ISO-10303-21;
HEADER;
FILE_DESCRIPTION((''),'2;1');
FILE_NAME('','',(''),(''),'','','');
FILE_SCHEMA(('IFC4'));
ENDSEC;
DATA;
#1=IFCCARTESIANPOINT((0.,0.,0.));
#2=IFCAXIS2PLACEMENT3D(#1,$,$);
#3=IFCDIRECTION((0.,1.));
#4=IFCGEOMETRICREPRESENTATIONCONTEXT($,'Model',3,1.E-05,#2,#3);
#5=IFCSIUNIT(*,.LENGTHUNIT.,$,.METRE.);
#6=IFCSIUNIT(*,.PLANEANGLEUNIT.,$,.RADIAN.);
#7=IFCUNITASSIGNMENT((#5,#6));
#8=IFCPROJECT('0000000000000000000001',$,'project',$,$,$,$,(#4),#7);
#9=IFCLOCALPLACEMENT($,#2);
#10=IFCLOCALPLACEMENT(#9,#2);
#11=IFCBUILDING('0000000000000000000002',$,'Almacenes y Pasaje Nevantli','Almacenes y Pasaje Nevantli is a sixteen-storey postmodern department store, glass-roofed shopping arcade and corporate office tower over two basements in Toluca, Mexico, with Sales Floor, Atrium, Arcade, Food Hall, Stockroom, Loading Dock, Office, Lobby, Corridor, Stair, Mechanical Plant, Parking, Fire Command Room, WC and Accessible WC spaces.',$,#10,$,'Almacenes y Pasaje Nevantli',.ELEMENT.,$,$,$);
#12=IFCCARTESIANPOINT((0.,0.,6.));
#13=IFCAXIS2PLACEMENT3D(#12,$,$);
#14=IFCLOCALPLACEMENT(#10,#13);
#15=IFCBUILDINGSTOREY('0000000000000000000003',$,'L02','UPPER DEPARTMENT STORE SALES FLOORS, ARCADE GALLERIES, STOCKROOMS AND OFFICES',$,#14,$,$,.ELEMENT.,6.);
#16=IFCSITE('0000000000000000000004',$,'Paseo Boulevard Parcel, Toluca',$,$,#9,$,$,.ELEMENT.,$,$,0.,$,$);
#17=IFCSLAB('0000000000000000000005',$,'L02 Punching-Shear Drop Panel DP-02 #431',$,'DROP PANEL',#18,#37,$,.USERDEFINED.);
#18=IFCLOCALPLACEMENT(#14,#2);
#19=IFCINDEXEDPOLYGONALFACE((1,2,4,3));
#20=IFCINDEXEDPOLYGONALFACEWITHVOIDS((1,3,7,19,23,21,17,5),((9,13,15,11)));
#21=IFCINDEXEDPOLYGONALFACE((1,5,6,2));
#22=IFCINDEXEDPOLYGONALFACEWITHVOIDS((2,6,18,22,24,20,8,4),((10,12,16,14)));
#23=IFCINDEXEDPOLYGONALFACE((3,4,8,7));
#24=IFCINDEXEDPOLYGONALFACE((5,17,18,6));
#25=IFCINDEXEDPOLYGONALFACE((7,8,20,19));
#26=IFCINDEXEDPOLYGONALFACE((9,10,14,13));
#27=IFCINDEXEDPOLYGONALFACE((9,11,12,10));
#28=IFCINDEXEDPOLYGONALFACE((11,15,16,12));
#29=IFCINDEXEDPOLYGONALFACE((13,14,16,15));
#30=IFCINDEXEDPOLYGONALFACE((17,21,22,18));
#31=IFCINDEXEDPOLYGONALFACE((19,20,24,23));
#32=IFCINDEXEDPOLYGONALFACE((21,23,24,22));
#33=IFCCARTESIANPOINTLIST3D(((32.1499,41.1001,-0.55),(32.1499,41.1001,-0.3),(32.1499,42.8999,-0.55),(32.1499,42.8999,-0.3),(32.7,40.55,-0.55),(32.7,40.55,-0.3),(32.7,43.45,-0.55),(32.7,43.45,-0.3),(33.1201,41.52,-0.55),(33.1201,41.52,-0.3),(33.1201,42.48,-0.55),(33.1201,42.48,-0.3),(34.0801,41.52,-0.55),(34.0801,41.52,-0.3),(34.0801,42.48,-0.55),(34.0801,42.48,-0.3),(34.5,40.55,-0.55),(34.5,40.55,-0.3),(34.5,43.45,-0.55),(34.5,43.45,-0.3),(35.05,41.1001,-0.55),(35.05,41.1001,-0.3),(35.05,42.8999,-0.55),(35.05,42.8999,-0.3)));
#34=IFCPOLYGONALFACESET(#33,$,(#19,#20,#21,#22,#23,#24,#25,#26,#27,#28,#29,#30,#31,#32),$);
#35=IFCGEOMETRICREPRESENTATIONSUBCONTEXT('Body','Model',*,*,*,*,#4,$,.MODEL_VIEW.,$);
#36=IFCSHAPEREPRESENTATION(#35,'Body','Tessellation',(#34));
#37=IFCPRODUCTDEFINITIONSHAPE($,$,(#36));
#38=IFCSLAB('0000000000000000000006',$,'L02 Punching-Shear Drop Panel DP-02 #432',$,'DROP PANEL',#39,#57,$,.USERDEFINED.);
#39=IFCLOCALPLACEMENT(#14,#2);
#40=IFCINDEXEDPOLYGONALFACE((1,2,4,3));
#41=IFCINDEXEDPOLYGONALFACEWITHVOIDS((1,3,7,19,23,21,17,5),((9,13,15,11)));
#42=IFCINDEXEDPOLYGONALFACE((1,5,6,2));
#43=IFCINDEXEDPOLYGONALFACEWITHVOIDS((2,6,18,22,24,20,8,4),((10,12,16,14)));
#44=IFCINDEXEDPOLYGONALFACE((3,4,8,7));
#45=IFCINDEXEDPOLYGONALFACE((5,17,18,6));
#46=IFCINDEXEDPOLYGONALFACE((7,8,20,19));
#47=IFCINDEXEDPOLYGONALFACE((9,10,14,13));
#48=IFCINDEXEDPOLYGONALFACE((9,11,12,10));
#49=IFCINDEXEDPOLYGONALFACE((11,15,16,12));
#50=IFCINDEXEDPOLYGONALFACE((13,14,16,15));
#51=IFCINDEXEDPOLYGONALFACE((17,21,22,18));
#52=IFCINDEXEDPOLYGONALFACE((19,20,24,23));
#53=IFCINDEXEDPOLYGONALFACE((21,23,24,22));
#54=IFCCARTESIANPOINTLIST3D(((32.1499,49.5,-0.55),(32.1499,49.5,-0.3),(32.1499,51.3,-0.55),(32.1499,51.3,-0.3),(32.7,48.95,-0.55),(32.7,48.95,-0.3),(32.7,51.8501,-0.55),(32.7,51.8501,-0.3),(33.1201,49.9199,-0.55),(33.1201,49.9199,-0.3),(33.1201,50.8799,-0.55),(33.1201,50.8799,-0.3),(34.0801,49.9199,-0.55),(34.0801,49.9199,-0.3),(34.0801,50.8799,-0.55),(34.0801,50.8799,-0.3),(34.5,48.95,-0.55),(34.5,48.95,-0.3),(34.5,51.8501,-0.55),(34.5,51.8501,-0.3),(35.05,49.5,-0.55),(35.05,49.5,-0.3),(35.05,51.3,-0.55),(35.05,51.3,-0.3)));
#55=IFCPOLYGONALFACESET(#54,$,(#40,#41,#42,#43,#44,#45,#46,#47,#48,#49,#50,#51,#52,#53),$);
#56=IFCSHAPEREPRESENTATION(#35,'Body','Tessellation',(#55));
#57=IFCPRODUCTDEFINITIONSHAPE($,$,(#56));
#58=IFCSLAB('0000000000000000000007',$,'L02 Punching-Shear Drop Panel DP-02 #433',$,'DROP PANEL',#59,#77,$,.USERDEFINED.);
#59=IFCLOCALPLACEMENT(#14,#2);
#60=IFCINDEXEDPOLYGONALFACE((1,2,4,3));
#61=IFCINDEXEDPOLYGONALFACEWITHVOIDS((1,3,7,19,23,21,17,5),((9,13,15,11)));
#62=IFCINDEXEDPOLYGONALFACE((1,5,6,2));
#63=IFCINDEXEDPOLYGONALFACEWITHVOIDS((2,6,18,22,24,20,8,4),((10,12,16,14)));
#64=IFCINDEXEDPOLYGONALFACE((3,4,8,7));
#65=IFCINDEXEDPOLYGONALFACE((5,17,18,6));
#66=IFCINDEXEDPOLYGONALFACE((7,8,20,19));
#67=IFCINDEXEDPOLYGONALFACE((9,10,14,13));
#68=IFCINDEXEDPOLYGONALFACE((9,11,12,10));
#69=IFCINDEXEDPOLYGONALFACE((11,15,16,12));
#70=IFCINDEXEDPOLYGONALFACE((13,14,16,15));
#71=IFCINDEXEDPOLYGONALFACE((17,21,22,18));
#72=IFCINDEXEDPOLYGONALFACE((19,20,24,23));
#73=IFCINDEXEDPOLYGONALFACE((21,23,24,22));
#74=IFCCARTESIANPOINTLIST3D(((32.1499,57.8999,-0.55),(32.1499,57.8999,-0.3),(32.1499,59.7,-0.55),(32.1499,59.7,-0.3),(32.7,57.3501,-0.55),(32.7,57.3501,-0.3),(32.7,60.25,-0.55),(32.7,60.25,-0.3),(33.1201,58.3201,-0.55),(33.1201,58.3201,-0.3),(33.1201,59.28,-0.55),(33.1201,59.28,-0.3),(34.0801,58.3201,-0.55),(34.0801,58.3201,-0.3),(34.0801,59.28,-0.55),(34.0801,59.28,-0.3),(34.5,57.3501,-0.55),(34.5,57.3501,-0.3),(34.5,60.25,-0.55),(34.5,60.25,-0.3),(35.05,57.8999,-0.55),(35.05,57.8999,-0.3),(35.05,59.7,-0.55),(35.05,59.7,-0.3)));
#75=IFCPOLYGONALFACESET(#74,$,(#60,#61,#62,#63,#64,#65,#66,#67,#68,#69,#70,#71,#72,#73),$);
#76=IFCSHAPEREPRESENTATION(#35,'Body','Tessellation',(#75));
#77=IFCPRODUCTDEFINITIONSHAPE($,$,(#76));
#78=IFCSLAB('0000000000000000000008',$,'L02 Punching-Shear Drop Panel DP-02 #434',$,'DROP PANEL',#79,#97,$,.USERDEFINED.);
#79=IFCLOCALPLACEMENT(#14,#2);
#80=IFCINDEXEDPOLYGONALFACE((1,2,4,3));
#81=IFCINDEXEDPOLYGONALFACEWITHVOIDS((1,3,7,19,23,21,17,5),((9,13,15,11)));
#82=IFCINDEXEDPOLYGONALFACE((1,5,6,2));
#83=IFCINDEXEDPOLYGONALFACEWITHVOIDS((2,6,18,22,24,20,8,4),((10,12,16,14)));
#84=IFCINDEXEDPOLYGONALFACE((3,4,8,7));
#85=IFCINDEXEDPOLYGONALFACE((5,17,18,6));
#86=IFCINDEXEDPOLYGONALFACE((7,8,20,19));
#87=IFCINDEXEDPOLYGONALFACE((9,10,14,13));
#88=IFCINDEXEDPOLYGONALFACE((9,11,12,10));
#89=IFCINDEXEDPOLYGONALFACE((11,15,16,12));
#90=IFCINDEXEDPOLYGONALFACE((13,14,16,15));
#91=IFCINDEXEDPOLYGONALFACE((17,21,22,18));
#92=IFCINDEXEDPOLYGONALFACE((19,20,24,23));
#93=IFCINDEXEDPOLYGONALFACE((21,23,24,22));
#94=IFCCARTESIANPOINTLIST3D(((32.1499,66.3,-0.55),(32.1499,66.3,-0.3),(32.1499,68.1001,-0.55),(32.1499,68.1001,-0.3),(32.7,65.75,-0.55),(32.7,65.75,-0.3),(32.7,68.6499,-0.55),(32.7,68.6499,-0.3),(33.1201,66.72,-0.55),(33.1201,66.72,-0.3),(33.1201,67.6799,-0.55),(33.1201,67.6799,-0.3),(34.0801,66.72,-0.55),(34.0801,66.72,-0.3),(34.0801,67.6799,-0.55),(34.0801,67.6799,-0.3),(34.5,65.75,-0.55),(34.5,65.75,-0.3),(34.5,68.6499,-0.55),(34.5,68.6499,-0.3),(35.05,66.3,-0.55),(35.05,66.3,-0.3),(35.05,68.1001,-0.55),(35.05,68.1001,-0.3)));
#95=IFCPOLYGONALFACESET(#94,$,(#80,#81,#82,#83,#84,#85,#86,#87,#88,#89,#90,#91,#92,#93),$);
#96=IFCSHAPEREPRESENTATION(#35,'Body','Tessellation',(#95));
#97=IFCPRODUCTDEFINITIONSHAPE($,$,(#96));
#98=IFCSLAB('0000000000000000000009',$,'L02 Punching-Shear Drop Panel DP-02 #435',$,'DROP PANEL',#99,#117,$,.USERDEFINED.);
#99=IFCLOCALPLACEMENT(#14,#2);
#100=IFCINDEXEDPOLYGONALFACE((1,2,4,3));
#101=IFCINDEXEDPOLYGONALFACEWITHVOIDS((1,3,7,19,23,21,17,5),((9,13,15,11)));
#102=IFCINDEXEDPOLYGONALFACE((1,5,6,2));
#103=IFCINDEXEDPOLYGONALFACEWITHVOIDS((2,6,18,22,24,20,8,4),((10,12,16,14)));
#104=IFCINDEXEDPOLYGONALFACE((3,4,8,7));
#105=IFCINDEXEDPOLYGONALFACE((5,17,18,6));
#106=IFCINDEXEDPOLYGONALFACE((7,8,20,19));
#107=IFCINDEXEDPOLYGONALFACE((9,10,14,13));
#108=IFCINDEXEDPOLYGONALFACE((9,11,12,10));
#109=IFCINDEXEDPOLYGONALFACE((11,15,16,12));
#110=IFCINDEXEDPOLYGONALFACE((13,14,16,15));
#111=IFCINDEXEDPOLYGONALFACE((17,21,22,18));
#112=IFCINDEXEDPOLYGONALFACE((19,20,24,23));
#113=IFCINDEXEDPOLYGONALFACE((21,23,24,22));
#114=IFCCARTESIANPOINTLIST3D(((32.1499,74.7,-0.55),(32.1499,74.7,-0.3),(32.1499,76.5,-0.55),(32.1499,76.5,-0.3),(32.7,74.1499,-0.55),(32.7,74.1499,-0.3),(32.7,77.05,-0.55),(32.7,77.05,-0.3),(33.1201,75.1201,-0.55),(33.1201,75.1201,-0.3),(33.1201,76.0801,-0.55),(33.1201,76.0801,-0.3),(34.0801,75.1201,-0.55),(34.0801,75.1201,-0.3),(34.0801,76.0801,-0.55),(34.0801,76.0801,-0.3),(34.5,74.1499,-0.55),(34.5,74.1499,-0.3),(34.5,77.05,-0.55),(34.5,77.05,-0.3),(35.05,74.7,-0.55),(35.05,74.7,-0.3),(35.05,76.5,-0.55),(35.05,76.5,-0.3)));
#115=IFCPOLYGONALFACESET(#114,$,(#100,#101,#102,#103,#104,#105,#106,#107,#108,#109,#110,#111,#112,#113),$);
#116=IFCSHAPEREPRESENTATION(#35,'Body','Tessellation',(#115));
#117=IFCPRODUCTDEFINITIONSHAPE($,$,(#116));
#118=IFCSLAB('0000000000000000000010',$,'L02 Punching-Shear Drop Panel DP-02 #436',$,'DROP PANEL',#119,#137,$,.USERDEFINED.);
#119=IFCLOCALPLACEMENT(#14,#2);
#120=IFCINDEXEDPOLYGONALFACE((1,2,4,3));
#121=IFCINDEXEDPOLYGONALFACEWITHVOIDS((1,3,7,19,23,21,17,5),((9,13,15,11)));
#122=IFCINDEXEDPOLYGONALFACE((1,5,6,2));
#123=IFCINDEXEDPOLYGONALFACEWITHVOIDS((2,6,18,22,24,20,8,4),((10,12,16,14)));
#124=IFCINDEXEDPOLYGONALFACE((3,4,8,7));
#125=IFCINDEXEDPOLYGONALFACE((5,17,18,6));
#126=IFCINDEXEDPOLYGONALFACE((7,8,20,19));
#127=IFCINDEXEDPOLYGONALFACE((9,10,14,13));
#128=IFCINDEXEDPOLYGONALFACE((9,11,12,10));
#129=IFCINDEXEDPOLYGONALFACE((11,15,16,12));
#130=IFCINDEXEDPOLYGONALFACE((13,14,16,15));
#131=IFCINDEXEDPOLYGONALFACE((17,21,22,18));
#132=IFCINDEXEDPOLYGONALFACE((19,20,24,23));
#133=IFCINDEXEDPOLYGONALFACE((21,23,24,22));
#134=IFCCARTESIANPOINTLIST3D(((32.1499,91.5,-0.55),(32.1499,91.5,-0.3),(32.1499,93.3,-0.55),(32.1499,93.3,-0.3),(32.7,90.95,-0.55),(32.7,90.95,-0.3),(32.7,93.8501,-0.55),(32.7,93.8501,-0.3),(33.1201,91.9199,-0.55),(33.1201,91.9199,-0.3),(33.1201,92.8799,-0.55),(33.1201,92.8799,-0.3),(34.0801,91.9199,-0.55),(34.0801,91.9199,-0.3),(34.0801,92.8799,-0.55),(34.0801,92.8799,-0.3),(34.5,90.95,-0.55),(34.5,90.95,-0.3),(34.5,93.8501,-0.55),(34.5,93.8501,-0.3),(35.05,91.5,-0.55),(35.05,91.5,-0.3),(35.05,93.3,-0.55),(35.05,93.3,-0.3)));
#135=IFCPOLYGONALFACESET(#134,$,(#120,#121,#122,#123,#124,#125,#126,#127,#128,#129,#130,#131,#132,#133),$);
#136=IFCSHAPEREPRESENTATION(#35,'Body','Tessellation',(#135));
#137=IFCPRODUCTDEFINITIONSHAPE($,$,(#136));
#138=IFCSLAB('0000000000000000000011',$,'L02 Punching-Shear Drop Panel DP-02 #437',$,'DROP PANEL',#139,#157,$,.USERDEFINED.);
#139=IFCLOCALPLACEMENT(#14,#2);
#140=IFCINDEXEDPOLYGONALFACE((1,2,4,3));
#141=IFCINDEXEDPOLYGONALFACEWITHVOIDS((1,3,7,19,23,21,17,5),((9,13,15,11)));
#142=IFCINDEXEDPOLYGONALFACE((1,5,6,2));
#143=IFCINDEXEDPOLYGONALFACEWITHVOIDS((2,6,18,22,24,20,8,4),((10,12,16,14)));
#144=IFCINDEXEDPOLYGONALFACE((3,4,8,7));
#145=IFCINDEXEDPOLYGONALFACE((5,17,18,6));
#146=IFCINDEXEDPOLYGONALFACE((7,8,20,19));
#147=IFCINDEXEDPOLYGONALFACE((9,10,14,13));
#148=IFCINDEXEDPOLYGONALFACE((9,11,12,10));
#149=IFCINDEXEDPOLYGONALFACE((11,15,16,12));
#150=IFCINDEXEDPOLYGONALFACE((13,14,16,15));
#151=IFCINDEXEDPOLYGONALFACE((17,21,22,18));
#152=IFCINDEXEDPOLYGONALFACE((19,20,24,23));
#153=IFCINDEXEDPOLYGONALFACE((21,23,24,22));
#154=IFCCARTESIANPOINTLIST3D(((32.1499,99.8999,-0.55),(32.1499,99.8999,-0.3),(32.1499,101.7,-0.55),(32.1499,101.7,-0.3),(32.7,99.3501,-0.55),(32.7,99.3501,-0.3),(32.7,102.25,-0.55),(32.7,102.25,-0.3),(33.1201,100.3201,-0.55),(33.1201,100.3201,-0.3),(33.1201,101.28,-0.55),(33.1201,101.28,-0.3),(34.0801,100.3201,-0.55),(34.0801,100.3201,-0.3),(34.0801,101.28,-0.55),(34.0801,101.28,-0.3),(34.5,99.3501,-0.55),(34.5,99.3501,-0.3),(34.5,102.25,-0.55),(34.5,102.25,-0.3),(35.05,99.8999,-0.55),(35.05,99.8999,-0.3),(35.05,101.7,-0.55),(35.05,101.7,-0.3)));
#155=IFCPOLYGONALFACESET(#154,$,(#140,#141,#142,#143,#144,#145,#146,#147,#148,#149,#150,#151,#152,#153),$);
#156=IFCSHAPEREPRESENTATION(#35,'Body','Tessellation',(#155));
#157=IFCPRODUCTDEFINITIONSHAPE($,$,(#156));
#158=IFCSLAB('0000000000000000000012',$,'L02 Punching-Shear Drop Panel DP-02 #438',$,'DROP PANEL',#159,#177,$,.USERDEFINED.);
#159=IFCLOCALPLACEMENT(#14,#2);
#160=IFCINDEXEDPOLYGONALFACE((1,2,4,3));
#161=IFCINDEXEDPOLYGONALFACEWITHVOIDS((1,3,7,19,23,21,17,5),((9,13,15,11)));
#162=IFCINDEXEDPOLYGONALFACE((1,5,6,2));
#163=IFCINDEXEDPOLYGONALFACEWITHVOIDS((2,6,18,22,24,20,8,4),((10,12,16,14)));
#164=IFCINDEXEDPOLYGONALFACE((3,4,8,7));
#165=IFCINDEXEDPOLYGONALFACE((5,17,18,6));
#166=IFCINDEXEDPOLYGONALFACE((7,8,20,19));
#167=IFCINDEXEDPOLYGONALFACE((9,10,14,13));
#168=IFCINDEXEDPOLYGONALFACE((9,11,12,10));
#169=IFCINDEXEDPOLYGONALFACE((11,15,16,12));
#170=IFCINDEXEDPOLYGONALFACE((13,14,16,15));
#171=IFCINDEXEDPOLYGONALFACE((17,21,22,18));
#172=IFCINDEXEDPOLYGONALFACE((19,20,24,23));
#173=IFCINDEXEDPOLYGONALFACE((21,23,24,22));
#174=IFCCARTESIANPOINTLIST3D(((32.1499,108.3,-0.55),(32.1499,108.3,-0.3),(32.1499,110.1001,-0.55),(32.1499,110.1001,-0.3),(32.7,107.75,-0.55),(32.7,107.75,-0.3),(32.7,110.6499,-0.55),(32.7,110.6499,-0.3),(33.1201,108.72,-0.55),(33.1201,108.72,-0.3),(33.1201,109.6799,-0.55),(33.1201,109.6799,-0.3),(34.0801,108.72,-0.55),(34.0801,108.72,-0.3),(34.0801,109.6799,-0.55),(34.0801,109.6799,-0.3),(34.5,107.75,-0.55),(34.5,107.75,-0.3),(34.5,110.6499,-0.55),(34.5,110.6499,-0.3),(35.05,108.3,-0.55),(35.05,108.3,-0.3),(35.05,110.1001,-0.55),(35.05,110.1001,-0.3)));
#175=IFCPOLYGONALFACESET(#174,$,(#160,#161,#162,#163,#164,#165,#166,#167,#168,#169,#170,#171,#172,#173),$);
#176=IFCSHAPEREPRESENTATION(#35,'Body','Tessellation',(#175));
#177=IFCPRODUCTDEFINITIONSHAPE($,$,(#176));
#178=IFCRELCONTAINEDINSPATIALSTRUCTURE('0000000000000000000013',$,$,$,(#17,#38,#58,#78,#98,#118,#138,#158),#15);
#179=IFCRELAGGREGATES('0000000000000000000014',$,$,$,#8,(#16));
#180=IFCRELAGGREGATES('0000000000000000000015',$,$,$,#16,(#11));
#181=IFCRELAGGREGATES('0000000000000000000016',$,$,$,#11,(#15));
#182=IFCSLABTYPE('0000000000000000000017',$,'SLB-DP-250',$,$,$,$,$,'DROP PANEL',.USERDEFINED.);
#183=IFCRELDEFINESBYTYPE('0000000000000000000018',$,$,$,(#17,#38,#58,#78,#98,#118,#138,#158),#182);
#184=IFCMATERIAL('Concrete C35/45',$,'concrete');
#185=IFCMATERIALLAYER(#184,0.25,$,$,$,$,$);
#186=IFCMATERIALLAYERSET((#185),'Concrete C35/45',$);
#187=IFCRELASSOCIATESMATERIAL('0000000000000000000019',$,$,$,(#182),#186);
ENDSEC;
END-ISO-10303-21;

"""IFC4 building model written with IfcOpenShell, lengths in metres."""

from ifc_helpers import new_model, si_unit, direction, frame, origin, place, context, subcontext, project, spatial, polyline, outline, extrude, material, layer, layer_set, type_object, element, save


model = new_model("IFC4")

# Units and contexts
model_context = context("Model", 3, precision=1e-05, world=origin(), true_north=direction((0.0, 1.0)))
body_context = subcontext(model_context, "Body", "Model", "MODEL_VIEW")
ifc_project = project(units=[si_unit("LENGTHUNIT", "METRE"), si_unit("PLANEANGLEUNIT", "RADIAN")], contexts=[model_context])

# Site, building, storey
site_placement = place(None, origin())
site = spatial("IfcSite", under=ifc_project, at=site_placement, Name="Paseo Boulevard Parcel, Toluca", CompositionType="ELEMENT", RefElevation=0.0)
building_placement = place(site_placement, origin())
building = spatial("IfcBuilding", under=site, at=building_placement, Name="Almacenes y Pasaje Nevantli", Description="Almacenes y Pasaje Nevantli is a sixteen-storey postmodern department store, glass-roofed shopping arcade and corporate office tower over two basements in Toluca, Mexico, with Sales Floor, Atrium, Arcade, Food Hall, Stockroom, Loading Dock, Office, Lobby, Corridor, Stair, Mechanical Plant, Parking, Fire Command Room, WC and Accessible WC spaces.", LongName="Almacenes y Pasaje Nevantli", CompositionType="ELEMENT")
storey_placement = place(building_placement, frame((0.0, 0.0, 6.0)))
storey = spatial("IfcBuildingStorey", under=building, at=storey_placement, Name="L02", Description="UPPER DEPARTMENT STORE SALES FLOORS, ARCADE GALLERIES, STOCKROOMS AND OFFICES", CompositionType="ELEMENT", Elevation=6.0)

# Slabs
ifc_material = material(Name="Concrete C35/45", Category="concrete")
ifc_layer = layer(ifc_material, 0.25)
ifc_layer_set = layer_set([ifc_layer], Name="Concrete C35/45")
slab_type = type_object("IfcSlabType", Name="SLB-DP-250", ElementType="DROP PANEL", PredefinedType="USERDEFINED", material=ifc_layer_set)
slab_1_placement = place(storey_placement, frame((0.0, 0.0, -0.55)))
element("IfcSlab", 1, at=slab_1_placement, inside=storey, type_object=slab_type, Name="L02 Punching-Shear Drop Panel DP-02 #431", ObjectType="DROP PANEL", PredefinedType="USERDEFINED", context=body_context, shape_type="SweptSolid", body=[
    extrude(outline(polyline([(32.7, 40.55), (34.5, 40.55), (35.05, 41.1001), (35.05, 42.8999), (34.5, 43.45), (32.7, 43.45), (32.1499, 42.8999), (32.1499, 41.1001), (32.7, 40.55)]), holes=[polyline([(33.1201, 41.52), (34.0801, 41.52), (34.0801, 42.48), (33.1201, 42.48), (33.1201, 41.52)])]), origin(), (0.0, 0.0, 1.0), 0.25),
])
slab_2_placement = place(storey_placement, frame((0.0, 0.0, -0.55)))
element("IfcSlab", 2, at=slab_2_placement, inside=storey, type_object=slab_type, Name="L02 Punching-Shear Drop Panel DP-02 #432", ObjectType="DROP PANEL", PredefinedType="USERDEFINED", context=body_context, shape_type="SweptSolid", body=[
    extrude(outline(polyline([(32.7, 48.95), (34.5, 48.95), (35.05, 49.5), (35.05, 51.3), (34.5, 51.8501), (32.7, 51.8501), (32.1499, 51.3), (32.1499, 49.5), (32.7, 48.95)]), holes=[polyline([(33.1201, 49.9199), (34.0801, 49.9199), (34.0801, 50.8799), (33.1201, 50.8799), (33.1201, 49.9199)])]), origin(), (0.0, 0.0, 1.0), 0.25),
])
slab_3_placement = place(storey_placement, frame((0.0, 0.0, -0.55)))
element("IfcSlab", 3, at=slab_3_placement, inside=storey, type_object=slab_type, Name="L02 Punching-Shear Drop Panel DP-02 #433", ObjectType="DROP PANEL", PredefinedType="USERDEFINED", context=body_context, shape_type="SweptSolid", body=[
    extrude(outline(polyline([(32.7, 57.3501), (34.5, 57.3501), (35.05, 57.8999), (35.05, 59.7), (34.5, 60.25), (32.7, 60.25), (32.1499, 59.7), (32.1499, 57.8999), (32.7, 57.3501)]), holes=[polyline([(33.1201, 58.3201), (34.0801, 58.3201), (34.0801, 59.28), (33.1201, 59.28), (33.1201, 58.3201)])]), origin(), (0.0, 0.0, 1.0), 0.25),
])
slab_4_placement = place(storey_placement, frame((0.0, 0.0, -0.55)))
element("IfcSlab", 4, at=slab_4_placement, inside=storey, type_object=slab_type, Name="L02 Punching-Shear Drop Panel DP-02 #434", ObjectType="DROP PANEL", PredefinedType="USERDEFINED", context=body_context, shape_type="SweptSolid", body=[
    extrude(outline(polyline([(32.7, 65.75), (34.5, 65.75), (35.05, 66.3), (35.05, 68.1001), (34.5, 68.6499), (32.7, 68.6499), (32.1499, 68.1001), (32.1499, 66.3), (32.7, 65.75)]), holes=[polyline([(33.1201, 66.72), (34.0801, 66.72), (34.0801, 67.6799), (33.1201, 67.6799), (33.1201, 66.72)])]), origin(), (0.0, 0.0, 1.0), 0.25),
])
slab_5_placement = place(storey_placement, frame((0.0, 0.0, -0.55)))
element("IfcSlab", 5, at=slab_5_placement, inside=storey, type_object=slab_type, Name="L02 Punching-Shear Drop Panel DP-02 #435", ObjectType="DROP PANEL", PredefinedType="USERDEFINED", context=body_context, shape_type="SweptSolid", body=[
    extrude(outline(polyline([(32.7, 74.1499), (34.5, 74.1499), (35.05, 74.7), (35.05, 76.5), (34.5, 77.05), (32.7, 77.05), (32.1499, 76.5), (32.1499, 74.7), (32.7, 74.1499)]), holes=[polyline([(33.1201, 75.1201), (34.0801, 75.1201), (34.0801, 76.0801), (33.1201, 76.0801), (33.1201, 75.1201)])]), origin(), (0.0, 0.0, 1.0), 0.25),
])
slab_6_placement = place(storey_placement, frame((0.0, 0.0, -0.55)))
element("IfcSlab", 6, at=slab_6_placement, inside=storey, type_object=slab_type, Name="L02 Punching-Shear Drop Panel DP-02 #436", ObjectType="DROP PANEL", PredefinedType="USERDEFINED", context=body_context, shape_type="SweptSolid", body=[
    extrude(outline(polyline([(32.7, 90.95), (34.5, 90.95), (35.05, 91.5), (35.05, 93.3), (34.5, 93.8501), (32.7, 93.8501), (32.1499, 93.3), (32.1499, 91.5), (32.7, 90.95)]), holes=[polyline([(33.1201, 91.9199), (34.0801, 91.9199), (34.0801, 92.8799), (33.1201, 92.8799), (33.1201, 91.9199)])]), origin(), (0.0, 0.0, 1.0), 0.25),
])
slab_7_placement = place(storey_placement, frame((0.0, 0.0, -0.55)))
element("IfcSlab", 7, at=slab_7_placement, inside=storey, type_object=slab_type, Name="L02 Punching-Shear Drop Panel DP-02 #437", ObjectType="DROP PANEL", PredefinedType="USERDEFINED", context=body_context, shape_type="SweptSolid", body=[
    extrude(outline(polyline([(32.7, 99.3501), (34.5, 99.3501), (35.05, 99.8999), (35.05, 101.7), (34.5, 102.25), (32.7, 102.25), (32.1499, 101.7), (32.1499, 99.8999), (32.7, 99.3501)]), holes=[polyline([(33.1201, 100.3201), (34.0801, 100.3201), (34.0801, 101.28), (33.1201, 101.28), (33.1201, 100.3201)])]), origin(), (0.0, 0.0, 1.0), 0.25),
])
slab_8_placement = place(storey_placement, frame((0.0, 0.0, -0.55)))
element("IfcSlab", 8, at=slab_8_placement, inside=storey, type_object=slab_type, Name="L02 Punching-Shear Drop Panel DP-02 #438", ObjectType="DROP PANEL", PredefinedType="USERDEFINED", context=body_context, shape_type="SweptSolid", body=[
    extrude(outline(polyline([(32.7, 107.75), (34.5, 107.75), (35.05, 108.3), (35.05, 110.1001), (34.5, 110.6499), (32.7, 110.6499), (32.1499, 110.1001), (32.1499, 108.3), (32.7, 107.75)]), holes=[polyline([(33.1201, 108.72), (34.0801, 108.72), (34.0801, 109.6799), (33.1201, 109.6799), (33.1201, 108.72)])]), origin(), (0.0, 0.0, 1.0), 0.25),
])

save(model, "model.ifc")
